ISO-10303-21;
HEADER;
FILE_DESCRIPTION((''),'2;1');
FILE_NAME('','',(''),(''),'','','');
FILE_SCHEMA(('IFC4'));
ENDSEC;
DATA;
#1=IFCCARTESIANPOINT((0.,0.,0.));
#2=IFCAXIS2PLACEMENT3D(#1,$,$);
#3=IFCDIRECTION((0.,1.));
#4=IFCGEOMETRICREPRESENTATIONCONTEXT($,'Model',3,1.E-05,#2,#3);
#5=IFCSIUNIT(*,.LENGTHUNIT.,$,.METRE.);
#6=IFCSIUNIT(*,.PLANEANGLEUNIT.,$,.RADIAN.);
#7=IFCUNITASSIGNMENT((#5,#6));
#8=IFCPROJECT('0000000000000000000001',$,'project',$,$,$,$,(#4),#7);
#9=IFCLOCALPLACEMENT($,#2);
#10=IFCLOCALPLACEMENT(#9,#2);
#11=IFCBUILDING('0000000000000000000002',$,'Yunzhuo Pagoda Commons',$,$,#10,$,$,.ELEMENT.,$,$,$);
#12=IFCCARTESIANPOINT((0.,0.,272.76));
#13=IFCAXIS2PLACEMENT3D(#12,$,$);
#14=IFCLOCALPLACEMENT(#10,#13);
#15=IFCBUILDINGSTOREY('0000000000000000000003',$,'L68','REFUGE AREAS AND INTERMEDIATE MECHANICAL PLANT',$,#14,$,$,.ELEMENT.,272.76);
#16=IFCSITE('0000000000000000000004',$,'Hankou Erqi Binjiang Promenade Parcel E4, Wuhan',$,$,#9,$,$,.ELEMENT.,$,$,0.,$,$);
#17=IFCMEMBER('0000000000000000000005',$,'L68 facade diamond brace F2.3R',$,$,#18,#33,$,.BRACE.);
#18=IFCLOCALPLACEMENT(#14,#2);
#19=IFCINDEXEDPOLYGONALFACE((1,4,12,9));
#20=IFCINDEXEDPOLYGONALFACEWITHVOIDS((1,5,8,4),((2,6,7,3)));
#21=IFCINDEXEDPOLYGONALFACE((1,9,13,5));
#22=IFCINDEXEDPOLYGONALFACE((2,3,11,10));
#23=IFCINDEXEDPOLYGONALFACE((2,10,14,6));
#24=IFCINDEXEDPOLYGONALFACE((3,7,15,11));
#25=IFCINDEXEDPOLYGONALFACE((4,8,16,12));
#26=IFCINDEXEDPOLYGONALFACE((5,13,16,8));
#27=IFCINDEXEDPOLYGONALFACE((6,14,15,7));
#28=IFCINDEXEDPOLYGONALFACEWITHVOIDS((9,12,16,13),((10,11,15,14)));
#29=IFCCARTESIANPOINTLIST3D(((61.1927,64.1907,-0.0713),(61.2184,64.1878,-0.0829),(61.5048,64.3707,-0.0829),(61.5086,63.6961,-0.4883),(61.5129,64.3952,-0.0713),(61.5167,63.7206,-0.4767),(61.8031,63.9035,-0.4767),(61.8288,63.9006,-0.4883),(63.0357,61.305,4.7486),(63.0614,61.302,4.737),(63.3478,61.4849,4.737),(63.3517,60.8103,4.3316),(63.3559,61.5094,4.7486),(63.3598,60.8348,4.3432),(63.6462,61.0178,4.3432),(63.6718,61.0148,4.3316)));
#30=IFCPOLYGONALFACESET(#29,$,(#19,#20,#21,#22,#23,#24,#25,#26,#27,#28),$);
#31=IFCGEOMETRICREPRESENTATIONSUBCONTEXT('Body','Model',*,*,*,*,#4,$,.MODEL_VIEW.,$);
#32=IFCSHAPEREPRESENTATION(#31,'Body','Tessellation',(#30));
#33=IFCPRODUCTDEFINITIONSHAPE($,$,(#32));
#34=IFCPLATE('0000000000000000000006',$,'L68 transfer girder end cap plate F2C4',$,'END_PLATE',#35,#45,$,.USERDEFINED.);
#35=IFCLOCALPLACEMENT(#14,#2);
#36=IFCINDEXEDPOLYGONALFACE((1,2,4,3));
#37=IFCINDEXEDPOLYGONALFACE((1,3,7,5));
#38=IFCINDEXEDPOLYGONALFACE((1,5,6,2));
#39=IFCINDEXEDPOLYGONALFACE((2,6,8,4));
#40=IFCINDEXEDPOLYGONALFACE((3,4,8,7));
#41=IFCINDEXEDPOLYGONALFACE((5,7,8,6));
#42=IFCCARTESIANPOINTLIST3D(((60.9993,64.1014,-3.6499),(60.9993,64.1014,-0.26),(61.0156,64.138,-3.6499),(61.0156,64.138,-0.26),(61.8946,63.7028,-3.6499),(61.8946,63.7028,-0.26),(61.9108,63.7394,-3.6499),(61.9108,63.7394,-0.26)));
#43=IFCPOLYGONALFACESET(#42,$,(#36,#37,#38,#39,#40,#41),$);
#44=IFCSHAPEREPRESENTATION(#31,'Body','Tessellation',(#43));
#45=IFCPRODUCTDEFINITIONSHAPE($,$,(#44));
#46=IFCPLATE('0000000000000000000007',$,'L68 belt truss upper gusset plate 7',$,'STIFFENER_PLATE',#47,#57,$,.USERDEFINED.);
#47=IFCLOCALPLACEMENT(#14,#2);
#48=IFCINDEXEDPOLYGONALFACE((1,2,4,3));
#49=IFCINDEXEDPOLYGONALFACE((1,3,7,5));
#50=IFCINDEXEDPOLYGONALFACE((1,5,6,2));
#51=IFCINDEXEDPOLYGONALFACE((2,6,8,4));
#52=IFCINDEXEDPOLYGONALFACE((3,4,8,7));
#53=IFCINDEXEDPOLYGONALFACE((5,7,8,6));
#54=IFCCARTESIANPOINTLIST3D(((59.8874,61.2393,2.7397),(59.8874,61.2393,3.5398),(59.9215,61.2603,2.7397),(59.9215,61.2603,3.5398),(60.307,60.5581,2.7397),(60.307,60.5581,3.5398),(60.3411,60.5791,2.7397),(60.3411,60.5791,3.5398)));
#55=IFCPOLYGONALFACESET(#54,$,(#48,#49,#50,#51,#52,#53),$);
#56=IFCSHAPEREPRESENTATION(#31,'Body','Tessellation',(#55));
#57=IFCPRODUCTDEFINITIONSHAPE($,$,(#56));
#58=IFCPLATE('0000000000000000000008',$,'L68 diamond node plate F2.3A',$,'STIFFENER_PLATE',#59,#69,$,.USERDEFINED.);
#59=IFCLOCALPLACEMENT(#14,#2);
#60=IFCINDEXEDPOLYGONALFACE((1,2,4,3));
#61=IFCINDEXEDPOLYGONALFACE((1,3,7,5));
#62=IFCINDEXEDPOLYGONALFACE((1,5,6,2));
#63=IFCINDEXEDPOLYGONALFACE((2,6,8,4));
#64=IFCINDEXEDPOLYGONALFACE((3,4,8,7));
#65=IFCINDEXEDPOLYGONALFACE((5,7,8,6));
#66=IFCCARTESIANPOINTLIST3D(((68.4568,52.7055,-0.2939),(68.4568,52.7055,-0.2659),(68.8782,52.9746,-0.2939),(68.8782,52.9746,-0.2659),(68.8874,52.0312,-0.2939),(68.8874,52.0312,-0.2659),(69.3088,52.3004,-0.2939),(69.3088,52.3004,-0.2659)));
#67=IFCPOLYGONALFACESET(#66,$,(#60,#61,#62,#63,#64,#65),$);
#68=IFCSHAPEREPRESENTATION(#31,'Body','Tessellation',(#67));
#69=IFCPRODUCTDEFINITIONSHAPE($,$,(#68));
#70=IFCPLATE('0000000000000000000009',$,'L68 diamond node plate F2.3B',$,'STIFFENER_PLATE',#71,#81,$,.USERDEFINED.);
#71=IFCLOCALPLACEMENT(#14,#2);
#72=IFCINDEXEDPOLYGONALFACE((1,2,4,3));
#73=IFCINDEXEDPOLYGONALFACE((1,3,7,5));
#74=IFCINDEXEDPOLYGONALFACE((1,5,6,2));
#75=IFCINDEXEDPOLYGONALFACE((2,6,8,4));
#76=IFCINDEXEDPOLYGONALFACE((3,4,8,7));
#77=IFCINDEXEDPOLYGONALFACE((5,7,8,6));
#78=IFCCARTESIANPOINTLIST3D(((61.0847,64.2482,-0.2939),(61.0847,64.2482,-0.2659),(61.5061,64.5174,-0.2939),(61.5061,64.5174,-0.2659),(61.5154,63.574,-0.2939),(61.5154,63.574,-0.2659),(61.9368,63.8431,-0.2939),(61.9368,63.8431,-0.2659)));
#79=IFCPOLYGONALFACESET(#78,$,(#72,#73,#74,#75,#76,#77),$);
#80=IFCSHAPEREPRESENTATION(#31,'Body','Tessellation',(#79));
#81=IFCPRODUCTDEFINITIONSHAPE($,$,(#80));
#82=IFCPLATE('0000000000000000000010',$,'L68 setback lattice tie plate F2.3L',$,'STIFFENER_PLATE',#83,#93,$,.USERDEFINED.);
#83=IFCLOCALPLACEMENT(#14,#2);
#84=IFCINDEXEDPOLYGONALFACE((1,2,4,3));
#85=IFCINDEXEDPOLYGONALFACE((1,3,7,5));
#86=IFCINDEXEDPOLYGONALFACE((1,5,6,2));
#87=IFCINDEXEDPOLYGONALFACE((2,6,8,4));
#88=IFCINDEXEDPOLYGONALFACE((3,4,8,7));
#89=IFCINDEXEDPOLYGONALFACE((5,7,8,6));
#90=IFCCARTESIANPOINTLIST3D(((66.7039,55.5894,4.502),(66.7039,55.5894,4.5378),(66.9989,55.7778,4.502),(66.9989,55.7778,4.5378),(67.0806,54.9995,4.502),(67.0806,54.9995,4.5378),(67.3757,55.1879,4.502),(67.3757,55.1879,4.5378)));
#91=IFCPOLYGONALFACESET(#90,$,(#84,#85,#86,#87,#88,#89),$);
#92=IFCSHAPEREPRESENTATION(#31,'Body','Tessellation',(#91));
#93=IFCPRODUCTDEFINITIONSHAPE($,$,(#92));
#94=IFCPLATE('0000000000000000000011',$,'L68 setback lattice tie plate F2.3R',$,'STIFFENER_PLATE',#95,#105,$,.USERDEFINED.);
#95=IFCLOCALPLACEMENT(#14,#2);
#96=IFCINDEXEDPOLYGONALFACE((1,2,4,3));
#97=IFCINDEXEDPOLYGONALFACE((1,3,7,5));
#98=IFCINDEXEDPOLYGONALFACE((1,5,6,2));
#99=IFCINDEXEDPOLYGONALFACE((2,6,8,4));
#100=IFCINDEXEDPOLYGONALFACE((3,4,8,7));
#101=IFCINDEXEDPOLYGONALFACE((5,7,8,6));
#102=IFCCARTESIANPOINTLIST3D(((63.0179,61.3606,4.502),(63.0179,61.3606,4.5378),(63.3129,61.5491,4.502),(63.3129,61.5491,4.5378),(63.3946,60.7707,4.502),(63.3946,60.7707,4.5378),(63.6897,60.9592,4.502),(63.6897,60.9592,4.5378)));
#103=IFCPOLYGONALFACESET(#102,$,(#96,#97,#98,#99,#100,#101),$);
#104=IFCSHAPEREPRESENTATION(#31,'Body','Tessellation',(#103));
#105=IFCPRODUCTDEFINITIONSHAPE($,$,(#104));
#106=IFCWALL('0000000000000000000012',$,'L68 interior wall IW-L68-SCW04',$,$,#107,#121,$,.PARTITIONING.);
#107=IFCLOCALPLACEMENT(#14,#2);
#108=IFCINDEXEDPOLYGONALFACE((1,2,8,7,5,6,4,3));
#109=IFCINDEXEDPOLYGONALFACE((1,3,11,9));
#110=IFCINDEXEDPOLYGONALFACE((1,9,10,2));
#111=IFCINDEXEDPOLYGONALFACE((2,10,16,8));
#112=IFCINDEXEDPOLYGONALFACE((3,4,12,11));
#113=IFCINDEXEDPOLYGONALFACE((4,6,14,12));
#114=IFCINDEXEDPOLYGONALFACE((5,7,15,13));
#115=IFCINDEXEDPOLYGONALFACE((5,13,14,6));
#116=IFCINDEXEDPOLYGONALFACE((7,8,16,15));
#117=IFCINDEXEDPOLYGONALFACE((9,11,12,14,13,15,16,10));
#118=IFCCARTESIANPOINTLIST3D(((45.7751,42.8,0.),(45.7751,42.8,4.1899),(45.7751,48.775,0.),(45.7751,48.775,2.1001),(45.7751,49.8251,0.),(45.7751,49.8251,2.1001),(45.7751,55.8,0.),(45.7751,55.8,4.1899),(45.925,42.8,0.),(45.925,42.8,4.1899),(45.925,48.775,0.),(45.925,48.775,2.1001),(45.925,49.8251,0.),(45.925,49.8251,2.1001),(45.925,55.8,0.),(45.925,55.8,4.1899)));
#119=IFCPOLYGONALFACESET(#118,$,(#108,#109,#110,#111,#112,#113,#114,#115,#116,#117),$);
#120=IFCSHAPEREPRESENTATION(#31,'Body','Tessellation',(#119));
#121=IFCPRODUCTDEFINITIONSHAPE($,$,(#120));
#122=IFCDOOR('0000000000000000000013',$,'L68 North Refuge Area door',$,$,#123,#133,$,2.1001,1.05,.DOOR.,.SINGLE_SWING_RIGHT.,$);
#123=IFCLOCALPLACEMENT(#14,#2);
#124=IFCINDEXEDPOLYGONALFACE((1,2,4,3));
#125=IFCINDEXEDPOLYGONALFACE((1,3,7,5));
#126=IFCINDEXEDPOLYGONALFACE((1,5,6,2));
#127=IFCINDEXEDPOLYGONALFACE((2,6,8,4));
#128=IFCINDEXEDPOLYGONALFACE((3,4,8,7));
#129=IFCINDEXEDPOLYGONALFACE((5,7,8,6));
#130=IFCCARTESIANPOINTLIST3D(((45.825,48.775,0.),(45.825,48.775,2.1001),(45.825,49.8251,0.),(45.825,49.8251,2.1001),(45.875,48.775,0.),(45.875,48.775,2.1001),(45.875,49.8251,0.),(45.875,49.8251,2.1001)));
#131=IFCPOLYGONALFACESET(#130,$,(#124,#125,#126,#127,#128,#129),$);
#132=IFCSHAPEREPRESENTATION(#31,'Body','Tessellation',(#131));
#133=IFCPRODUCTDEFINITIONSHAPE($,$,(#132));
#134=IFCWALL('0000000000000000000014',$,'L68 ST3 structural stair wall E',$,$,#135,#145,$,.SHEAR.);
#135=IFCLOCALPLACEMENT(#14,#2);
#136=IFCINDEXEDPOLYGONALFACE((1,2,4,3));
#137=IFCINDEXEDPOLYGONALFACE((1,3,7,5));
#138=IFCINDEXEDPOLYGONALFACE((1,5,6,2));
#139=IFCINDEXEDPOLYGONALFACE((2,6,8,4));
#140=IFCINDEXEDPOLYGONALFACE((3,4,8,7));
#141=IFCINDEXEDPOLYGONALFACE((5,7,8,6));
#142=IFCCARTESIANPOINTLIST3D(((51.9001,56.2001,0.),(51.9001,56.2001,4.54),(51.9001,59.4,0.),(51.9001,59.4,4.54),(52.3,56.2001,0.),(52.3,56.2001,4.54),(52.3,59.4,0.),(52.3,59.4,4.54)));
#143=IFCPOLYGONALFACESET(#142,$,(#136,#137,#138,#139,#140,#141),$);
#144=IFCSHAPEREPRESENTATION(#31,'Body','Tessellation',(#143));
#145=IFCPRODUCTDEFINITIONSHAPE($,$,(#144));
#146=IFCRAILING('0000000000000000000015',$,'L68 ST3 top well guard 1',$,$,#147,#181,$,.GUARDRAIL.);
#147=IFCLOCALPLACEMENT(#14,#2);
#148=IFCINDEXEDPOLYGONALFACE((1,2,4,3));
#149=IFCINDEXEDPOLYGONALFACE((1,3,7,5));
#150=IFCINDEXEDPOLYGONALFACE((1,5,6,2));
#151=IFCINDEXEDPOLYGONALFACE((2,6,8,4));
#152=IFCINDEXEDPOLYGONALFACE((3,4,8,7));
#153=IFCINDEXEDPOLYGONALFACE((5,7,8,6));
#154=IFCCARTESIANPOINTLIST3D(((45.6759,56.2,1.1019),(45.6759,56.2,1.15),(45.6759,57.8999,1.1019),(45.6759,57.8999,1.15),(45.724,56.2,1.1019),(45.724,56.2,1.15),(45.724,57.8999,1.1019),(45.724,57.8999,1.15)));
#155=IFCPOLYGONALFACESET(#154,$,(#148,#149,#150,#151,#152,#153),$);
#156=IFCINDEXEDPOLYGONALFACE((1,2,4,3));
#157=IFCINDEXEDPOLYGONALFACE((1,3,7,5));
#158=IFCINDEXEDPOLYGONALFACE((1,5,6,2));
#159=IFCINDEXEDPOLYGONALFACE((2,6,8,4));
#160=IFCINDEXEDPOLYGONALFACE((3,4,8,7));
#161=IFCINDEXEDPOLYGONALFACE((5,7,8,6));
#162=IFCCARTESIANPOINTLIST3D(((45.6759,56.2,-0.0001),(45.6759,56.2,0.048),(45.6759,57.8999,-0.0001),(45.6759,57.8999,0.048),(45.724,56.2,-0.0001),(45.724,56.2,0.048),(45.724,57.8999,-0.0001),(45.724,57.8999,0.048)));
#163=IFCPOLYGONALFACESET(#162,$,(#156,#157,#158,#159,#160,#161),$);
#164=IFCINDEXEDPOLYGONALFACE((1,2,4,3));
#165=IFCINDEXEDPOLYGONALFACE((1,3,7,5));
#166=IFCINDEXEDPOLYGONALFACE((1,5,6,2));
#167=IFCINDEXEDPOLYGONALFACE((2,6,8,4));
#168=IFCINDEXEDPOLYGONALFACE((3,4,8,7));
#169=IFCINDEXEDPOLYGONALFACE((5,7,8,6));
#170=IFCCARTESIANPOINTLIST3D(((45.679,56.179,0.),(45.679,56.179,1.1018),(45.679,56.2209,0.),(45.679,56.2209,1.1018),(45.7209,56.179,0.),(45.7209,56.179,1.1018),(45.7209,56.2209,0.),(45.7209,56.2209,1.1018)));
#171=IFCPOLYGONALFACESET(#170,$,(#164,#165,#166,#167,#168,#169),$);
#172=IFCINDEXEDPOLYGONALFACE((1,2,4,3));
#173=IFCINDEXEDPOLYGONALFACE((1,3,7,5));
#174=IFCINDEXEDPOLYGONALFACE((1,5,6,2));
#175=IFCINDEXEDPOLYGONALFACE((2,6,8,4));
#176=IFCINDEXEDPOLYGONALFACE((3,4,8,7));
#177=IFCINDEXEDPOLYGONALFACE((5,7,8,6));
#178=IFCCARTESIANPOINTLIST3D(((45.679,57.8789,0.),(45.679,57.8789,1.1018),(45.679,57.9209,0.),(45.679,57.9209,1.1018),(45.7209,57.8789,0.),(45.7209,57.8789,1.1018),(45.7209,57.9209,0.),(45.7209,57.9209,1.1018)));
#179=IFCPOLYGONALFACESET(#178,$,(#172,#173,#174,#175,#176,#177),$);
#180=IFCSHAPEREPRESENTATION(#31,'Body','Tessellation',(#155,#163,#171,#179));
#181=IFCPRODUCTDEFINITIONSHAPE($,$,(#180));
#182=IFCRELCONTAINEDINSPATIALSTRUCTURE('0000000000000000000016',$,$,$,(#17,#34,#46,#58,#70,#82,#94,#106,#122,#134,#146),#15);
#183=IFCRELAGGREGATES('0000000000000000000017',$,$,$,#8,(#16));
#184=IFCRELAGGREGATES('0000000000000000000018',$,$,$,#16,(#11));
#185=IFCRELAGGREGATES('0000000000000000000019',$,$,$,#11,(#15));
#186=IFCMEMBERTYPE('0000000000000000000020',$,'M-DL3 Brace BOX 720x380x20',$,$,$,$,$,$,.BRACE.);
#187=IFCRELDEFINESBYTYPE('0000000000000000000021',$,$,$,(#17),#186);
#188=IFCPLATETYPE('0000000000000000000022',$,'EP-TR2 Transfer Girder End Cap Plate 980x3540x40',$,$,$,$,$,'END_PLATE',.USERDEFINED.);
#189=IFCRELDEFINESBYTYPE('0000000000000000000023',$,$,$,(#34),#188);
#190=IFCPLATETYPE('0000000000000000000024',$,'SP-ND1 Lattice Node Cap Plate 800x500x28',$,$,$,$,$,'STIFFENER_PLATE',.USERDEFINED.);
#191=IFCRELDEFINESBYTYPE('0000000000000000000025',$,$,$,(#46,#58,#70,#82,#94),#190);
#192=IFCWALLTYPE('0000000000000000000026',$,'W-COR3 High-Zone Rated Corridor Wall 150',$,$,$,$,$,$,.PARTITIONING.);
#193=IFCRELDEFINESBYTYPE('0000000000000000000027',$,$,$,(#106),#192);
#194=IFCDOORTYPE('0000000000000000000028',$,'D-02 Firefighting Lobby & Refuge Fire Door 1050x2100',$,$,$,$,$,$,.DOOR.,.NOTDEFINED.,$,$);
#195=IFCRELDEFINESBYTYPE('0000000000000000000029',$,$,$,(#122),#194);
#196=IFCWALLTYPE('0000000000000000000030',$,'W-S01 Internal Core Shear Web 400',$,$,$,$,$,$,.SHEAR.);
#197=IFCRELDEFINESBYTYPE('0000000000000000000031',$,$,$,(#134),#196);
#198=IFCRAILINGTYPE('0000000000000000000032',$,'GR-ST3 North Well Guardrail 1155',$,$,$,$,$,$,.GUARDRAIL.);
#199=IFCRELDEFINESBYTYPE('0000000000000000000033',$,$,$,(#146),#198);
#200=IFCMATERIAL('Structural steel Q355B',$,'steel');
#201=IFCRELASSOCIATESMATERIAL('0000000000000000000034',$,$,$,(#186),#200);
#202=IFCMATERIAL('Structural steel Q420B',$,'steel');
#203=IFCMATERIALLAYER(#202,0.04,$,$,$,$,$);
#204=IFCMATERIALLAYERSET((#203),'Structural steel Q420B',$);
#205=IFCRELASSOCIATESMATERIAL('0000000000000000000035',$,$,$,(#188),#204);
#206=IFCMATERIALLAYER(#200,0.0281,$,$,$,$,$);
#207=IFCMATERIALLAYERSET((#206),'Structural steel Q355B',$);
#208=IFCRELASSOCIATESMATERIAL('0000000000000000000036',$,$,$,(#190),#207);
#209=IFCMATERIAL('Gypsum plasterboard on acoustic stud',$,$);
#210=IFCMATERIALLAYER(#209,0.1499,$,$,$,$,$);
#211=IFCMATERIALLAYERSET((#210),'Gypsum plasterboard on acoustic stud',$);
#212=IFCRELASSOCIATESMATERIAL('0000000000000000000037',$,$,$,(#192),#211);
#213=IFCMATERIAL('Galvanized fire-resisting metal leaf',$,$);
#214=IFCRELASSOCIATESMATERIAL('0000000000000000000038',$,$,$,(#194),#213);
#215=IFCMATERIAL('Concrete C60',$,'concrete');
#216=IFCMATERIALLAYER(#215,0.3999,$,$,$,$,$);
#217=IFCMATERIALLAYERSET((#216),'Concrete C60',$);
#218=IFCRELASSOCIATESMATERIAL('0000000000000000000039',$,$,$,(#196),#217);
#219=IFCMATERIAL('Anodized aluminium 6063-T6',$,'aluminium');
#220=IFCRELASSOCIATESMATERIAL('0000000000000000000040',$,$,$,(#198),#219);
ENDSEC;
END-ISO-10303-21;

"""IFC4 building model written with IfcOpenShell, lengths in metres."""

from ifc_helpers import new_model, si_unit, direction, frame, frame_2d, origin, origin_with_axes, origin_2d, place, context, subcontext, project, spatial, rectangle, hollow_rectangle, extrude, source, transform, mapped, material, layer, layer_set, material_profile, profile_set, type_object, element, fill, save


model = new_model("IFC4")

# Units and contexts
model_context = context("Model", 3, precision=1e-05, world=origin(), true_north=direction((0.0, 1.0)))
body_context = subcontext(model_context, "Body", "Model", "MODEL_VIEW")
ifc_project = project(units=[si_unit("LENGTHUNIT", "METRE"), si_unit("PLANEANGLEUNIT", "RADIAN")], contexts=[model_context])

# Site, building, storey
site_placement = place(None, origin())
site = spatial("IfcSite", under=ifc_project, at=site_placement, Name="Hankou Erqi Binjiang Promenade Parcel E4, Wuhan", CompositionType="ELEMENT", RefElevation=0.0)
building_placement = place(site_placement, origin())
building = spatial("IfcBuilding", under=site, at=building_placement, Name="Yunzhuo Pagoda Commons", CompositionType="ELEMENT")
storey_placement = place(building_placement, frame((0.0, 0.0, 272.76)))
storey = spatial("IfcBuildingStorey", under=building, at=storey_placement, Name="L68", Description="REFUGE AREAS AND INTERMEDIATE MECHANICAL PLANT", CompositionType="ELEMENT", Elevation=272.76)

# Shared definitions
ifc_material_1 = material(Name="Structural steel Q355B", Category="steel")

# Shared definitions
ifc_material_2 = material(Name="Structural steel Q420B", Category="steel")

# Member
ifc_material_profile_1 = material_profile(ifc_material_1, hollow_rectangle(XDim=0.3799, YDim=0.72, WallThickness=0.02, at=origin_2d()), Name="Structural steel Q355B")
ifc_profile_set_1 = profile_set([ifc_material_profile_1], Name="Structural steel Q355B")
member_type = type_object("IfcMemberType", Name="M-DL3 Brace BOX 720x380x20", PredefinedType="BRACE", material=ifc_profile_set_1)
shared_shape_1 = source(origin(), body_context, "Body", "SweptSolid", [
    extrude(hollow_rectangle(XDim=0.3799, YDim=0.72, WallThickness=0.02, at=origin_2d()), origin(), (0.0, 0.0, 1.0), 5.9124),
])
for number, where, z_axis, x_axis, name in (
    (1, (61.5107, 64.0457, -0.2798), (0.311728, -0.488094, 0.815224), (0.842783, 0.538254, 0.0), "L68 facade diamond brace F2.3R"),
):
    element("IfcMember", number, at=place(storey_placement, frame(where, z_axis=z_axis, x_axis=x_axis)), inside=storey, type_object=member_type, Name=name, PredefinedType="BRACE", context=body_context, shape_type="MappedRepresentation", body=[
        mapped(shared_shape_1, transform((0.0, 0.0, 0.0), scale=1.0)),
    ])

# Plates
ifc_layer_1 = layer(ifc_material_2, 0.04)
ifc_layer_set_1 = layer_set([ifc_layer_1], Name="Structural steel Q420B")
plate_type_1 = type_object("IfcPlateType", Name="EP-TR2 Transfer Girder End Cap Plate 980x3540x40", ElementType="END_PLATE", PredefinedType="USERDEFINED", material=ifc_layer_set_1)
shared_shape_2 = source(origin(), body_context, "Body", "SweptSolid", [
    extrude(rectangle(XDim=0.98, YDim=0.04, at=origin_2d()), origin(), (0.0, 0.0, 1.0), 3.3899),
])
plate_1_placement = place(storey_placement, frame((61.4551, 63.9204, -3.6499), z_axis=(0.0, 0.0, 1.0), x_axis=(-0.913545, 0.406737, 0.0)))
element("IfcPlate", 2, at=plate_1_placement, inside=storey, type_object=plate_type_1, Name="L68 transfer girder end cap plate F2C4", ObjectType="END_PLATE", PredefinedType="USERDEFINED", context=body_context, shape_type="MappedRepresentation", body=[
    mapped(shared_shape_2, transform((0.0, 0.0, 0.0), scale=1.0)),
])
ifc_layer_2 = layer(ifc_material_1, 0.0281)
ifc_layer_set_2 = layer_set([ifc_layer_2], Name="Structural steel Q355B")
plate_type_2 = type_object("IfcPlateType", Name="SP-ND1 Lattice Node Cap Plate 800x500x28", ElementType="STIFFENER_PLATE", PredefinedType="USERDEFINED", material=ifc_layer_set_2)
shared_shape_3 = source(origin(), body_context, "Body", "SweptSolid", [
    extrude(rectangle(XDim=0.8, YDim=0.04, at=origin_2d()), origin(), (0.0, 0.0, 1.0), 0.8),
])
plate_2_placement = place(storey_placement, frame((60.1143, 60.9092, 2.7397), z_axis=(0.0, 0.0, 1.0), x_axis=(-0.524462, 0.851434, 0.0)))
element("IfcPlate", 3, at=plate_2_placement, inside=storey, type_object=plate_type_2, Name="L68 belt truss upper gusset plate 7", ObjectType="STIFFENER_PLATE", PredefinedType="USERDEFINED", context=body_context, shape_type="MappedRepresentation", body=[
    mapped(shared_shape_3, transform((0.0, 0.0, 0.0), scale=1.0)),
])
shared_shape_4 = source(origin(), body_context, "Body", "SweptSolid", [
    extrude(rectangle(XDim=0.8, YDim=0.5, at=origin_2d()), origin(), (0.0, 0.0, 1.0), 0.0281),
])
for number, where, z_axis, x_axis, name in (
    (4, (68.8828, 52.5029, -0.2939), (0.0, 0.0, 1.0), (-0.538256, 0.842781, 0.0), "L68 diamond node plate F2.3A"),
    (5, (61.5107, 64.0457, -0.2939), (0.0, 0.0, 1.0), (-0.538256, 0.842781, 0.0), "L68 diamond node plate F2.3B"),
):
    element("IfcPlate", number, at=place(storey_placement, frame(where, z_axis=z_axis, x_axis=x_axis)), inside=storey, type_object=plate_type_2, Name=name, ObjectType="STIFFENER_PLATE", PredefinedType="USERDEFINED", context=body_context, shape_type="MappedRepresentation", body=[
        mapped(shared_shape_4, transform((0.0, 0.0, 0.0), scale=1.0)),
    ])
shared_shape_5 = source(origin(), body_context, "Body", "SweptSolid", [
    extrude(rectangle(XDim=0.7, YDim=0.3501, at=origin_2d()), origin(), (0.0, 0.0, 1.0), 0.0359),
])
for number, where, z_axis, x_axis, name in (
    (6, (67.0398, 55.3887, 4.502), (0.0, 0.0, 1.0), (-0.538256, 0.842781, 0.0), "L68 setback lattice tie plate F2.3L"),
    (7, (63.3538, 61.1599, 4.502), (0.0, 0.0, 1.0), (-0.538256, 0.842781, 0.0), "L68 setback lattice tie plate F2.3R"),
):
    element("IfcPlate", number, at=place(storey_placement, frame(where, z_axis=z_axis, x_axis=x_axis)), inside=storey, type_object=plate_type_2, Name=name, ObjectType="STIFFENER_PLATE", PredefinedType="USERDEFINED", context=body_context, shape_type="MappedRepresentation", body=[
        mapped(shared_shape_5, transform((0.0, 0.0, 0.0), scale=1.0)),
    ])

# Wall, opening, door
ifc_material_3 = material(Name="Gypsum plasterboard on acoustic stud")
ifc_layer_3 = layer(ifc_material_3, 0.1499)
ifc_layer_set_3 = layer_set([ifc_layer_3], Name="Gypsum plasterboard on acoustic stud")
wall_type_1 = type_object("IfcWallType", Name="W-COR3 High-Zone Rated Corridor Wall 150", PredefinedType="PARTITIONING", material=ifc_layer_set_3)
wall_1_placement = place(storey_placement, frame((45.8501, 55.8, 0.0), z_axis=(0.0, 0.0, 1.0), x_axis=(0.0, -1.0, 0.0)))
wall_1 = element("IfcWall", 8, at=wall_1_placement, inside=storey, type_object=wall_type_1, Name="L68 interior wall IW-L68-SCW04", PredefinedType="PARTITIONING", context=body_context, shape_type="SweptSolid", body=[
    extrude(rectangle(XDim=13.0, YDim=0.1499, at=frame_2d((6.5, 0.0))), origin(), (0.0, 0.0, 1.0), 4.1899),
])
opening_placement = place(wall_1_placement, frame((5.9751, 0.0, 0.0)))
opening = element("IfcOpeningElement", 9, at=opening_placement, cuts=wall_1, PredefinedType="OPENING", context=body_context, shape_type="SweptSolid", body=[
    extrude(rectangle(XDim=1.05, YDim=2.1001, at=frame_2d((0.5249, 1.05))), frame((0.0, 0.085, 0.0), z_axis=(0.0, -1.0, 0.0), x_axis=(1.0, 0.0, 0.0)), (0.0, 0.0, 1.0), 0.1699),
])
ifc_material_4 = material(Name="Galvanized fire-resisting metal leaf")
door_type = type_object("IfcDoorType", Name="D-02 Firefighting Lobby & Refuge Fire Door 1050x2100", OperationType="NOTDEFINED", PredefinedType="DOOR", material=ifc_material_4)
shared_shape_6 = source(origin(), body_context, "Body", "SweptSolid", [
    extrude(rectangle(XDim=1.05, YDim=2.1001, at=frame_2d((0.5249, 1.05))), frame((0.0, 0.0249, 0.0), z_axis=(0.0, -1.0, 0.0), x_axis=(1.0, 0.0, 0.0)), (0.0, 0.0, 1.0), 0.05),
])
door_placement = place(opening_placement, origin_with_axes())
door = element("IfcDoor", 10, at=door_placement, inside=storey, type_object=door_type, Name="L68 North Refuge Area door", OperationType="SINGLE_SWING_RIGHT", OverallHeight=2.1001, OverallWidth=1.05, PredefinedType="DOOR", context=body_context, shape_type="MappedRepresentation", body=[
    mapped(shared_shape_6, transform((0.0, 0.0, 0.0), scale=1.0)),
])
fill(opening, door)

# Wall
ifc_material_5 = material(Name="Concrete C60", Category="concrete")
ifc_layer_4 = layer(ifc_material_5, 0.3999)
ifc_layer_set_4 = layer_set([ifc_layer_4], Name="Concrete C60")
wall_type_2 = type_object("IfcWallType", Name="W-S01 Internal Core Shear Web 400", PredefinedType="SHEAR", material=ifc_layer_set_4)
wall_2_placement = place(storey_placement, frame((52.1001, 56.2, 0.0), z_axis=(0.0, 0.0, 1.0), x_axis=(0.0, 1.0, 0.0)))
element("IfcWall", 11, at=wall_2_placement, inside=storey, type_object=wall_type_2, Name="L68 ST3 structural stair wall E", PredefinedType="SHEAR", context=body_context, shape_type="SweptSolid", body=[
    extrude(rectangle(XDim=3.2, YDim=0.3999, at=frame_2d((1.6001, 0.0))), origin(), (0.0, 0.0, 1.0), 4.54),
])

# Railing
ifc_material_6 = material(Name="Anodized aluminium 6063-T6", Category="aluminium")
railing_type = type_object("IfcRailingType", Name="GR-ST3 North Well Guardrail 1155", PredefinedType="GUARDRAIL", material=ifc_material_6)
railing_placement = place(storey_placement, frame((45.7, 56.2, 0.0)))
element("IfcRailing", 12, at=railing_placement, inside=storey, type_object=railing_type, Name="L68 ST3 top well guard 1", PredefinedType="GUARDRAIL", context=body_context, shape_type="SweptSolid", body=[
    extrude(rectangle(XDim=0.0481, YDim=0.0481, at=origin_2d()), frame((0.0, 0.0, 1.126), z_axis=(0.0, 1.0, 0.0), x_axis=(-1.0, 0.0, 0.0)), (0.0, 0.0, 1.0), 1.7),
    extrude(rectangle(XDim=0.0481, YDim=0.0481, at=origin_2d()), frame((0.0, 0.0, 0.0239), z_axis=(0.0, 1.0, 0.0), x_axis=(-1.0, 0.0, 0.0)), (0.0, 0.0, 1.0), 1.7),
    extrude(rectangle(XDim=0.042, YDim=0.042, at=origin_2d()), origin(), (0.0, 0.0, 1.0), 1.1018),
    extrude(rectangle(XDim=0.042, YDim=0.042, at=origin_2d()), frame((0.0, 1.7, 0.0)), (0.0, 0.0, 1.0), 1.1018),
])

save(model, "model.ifc")
